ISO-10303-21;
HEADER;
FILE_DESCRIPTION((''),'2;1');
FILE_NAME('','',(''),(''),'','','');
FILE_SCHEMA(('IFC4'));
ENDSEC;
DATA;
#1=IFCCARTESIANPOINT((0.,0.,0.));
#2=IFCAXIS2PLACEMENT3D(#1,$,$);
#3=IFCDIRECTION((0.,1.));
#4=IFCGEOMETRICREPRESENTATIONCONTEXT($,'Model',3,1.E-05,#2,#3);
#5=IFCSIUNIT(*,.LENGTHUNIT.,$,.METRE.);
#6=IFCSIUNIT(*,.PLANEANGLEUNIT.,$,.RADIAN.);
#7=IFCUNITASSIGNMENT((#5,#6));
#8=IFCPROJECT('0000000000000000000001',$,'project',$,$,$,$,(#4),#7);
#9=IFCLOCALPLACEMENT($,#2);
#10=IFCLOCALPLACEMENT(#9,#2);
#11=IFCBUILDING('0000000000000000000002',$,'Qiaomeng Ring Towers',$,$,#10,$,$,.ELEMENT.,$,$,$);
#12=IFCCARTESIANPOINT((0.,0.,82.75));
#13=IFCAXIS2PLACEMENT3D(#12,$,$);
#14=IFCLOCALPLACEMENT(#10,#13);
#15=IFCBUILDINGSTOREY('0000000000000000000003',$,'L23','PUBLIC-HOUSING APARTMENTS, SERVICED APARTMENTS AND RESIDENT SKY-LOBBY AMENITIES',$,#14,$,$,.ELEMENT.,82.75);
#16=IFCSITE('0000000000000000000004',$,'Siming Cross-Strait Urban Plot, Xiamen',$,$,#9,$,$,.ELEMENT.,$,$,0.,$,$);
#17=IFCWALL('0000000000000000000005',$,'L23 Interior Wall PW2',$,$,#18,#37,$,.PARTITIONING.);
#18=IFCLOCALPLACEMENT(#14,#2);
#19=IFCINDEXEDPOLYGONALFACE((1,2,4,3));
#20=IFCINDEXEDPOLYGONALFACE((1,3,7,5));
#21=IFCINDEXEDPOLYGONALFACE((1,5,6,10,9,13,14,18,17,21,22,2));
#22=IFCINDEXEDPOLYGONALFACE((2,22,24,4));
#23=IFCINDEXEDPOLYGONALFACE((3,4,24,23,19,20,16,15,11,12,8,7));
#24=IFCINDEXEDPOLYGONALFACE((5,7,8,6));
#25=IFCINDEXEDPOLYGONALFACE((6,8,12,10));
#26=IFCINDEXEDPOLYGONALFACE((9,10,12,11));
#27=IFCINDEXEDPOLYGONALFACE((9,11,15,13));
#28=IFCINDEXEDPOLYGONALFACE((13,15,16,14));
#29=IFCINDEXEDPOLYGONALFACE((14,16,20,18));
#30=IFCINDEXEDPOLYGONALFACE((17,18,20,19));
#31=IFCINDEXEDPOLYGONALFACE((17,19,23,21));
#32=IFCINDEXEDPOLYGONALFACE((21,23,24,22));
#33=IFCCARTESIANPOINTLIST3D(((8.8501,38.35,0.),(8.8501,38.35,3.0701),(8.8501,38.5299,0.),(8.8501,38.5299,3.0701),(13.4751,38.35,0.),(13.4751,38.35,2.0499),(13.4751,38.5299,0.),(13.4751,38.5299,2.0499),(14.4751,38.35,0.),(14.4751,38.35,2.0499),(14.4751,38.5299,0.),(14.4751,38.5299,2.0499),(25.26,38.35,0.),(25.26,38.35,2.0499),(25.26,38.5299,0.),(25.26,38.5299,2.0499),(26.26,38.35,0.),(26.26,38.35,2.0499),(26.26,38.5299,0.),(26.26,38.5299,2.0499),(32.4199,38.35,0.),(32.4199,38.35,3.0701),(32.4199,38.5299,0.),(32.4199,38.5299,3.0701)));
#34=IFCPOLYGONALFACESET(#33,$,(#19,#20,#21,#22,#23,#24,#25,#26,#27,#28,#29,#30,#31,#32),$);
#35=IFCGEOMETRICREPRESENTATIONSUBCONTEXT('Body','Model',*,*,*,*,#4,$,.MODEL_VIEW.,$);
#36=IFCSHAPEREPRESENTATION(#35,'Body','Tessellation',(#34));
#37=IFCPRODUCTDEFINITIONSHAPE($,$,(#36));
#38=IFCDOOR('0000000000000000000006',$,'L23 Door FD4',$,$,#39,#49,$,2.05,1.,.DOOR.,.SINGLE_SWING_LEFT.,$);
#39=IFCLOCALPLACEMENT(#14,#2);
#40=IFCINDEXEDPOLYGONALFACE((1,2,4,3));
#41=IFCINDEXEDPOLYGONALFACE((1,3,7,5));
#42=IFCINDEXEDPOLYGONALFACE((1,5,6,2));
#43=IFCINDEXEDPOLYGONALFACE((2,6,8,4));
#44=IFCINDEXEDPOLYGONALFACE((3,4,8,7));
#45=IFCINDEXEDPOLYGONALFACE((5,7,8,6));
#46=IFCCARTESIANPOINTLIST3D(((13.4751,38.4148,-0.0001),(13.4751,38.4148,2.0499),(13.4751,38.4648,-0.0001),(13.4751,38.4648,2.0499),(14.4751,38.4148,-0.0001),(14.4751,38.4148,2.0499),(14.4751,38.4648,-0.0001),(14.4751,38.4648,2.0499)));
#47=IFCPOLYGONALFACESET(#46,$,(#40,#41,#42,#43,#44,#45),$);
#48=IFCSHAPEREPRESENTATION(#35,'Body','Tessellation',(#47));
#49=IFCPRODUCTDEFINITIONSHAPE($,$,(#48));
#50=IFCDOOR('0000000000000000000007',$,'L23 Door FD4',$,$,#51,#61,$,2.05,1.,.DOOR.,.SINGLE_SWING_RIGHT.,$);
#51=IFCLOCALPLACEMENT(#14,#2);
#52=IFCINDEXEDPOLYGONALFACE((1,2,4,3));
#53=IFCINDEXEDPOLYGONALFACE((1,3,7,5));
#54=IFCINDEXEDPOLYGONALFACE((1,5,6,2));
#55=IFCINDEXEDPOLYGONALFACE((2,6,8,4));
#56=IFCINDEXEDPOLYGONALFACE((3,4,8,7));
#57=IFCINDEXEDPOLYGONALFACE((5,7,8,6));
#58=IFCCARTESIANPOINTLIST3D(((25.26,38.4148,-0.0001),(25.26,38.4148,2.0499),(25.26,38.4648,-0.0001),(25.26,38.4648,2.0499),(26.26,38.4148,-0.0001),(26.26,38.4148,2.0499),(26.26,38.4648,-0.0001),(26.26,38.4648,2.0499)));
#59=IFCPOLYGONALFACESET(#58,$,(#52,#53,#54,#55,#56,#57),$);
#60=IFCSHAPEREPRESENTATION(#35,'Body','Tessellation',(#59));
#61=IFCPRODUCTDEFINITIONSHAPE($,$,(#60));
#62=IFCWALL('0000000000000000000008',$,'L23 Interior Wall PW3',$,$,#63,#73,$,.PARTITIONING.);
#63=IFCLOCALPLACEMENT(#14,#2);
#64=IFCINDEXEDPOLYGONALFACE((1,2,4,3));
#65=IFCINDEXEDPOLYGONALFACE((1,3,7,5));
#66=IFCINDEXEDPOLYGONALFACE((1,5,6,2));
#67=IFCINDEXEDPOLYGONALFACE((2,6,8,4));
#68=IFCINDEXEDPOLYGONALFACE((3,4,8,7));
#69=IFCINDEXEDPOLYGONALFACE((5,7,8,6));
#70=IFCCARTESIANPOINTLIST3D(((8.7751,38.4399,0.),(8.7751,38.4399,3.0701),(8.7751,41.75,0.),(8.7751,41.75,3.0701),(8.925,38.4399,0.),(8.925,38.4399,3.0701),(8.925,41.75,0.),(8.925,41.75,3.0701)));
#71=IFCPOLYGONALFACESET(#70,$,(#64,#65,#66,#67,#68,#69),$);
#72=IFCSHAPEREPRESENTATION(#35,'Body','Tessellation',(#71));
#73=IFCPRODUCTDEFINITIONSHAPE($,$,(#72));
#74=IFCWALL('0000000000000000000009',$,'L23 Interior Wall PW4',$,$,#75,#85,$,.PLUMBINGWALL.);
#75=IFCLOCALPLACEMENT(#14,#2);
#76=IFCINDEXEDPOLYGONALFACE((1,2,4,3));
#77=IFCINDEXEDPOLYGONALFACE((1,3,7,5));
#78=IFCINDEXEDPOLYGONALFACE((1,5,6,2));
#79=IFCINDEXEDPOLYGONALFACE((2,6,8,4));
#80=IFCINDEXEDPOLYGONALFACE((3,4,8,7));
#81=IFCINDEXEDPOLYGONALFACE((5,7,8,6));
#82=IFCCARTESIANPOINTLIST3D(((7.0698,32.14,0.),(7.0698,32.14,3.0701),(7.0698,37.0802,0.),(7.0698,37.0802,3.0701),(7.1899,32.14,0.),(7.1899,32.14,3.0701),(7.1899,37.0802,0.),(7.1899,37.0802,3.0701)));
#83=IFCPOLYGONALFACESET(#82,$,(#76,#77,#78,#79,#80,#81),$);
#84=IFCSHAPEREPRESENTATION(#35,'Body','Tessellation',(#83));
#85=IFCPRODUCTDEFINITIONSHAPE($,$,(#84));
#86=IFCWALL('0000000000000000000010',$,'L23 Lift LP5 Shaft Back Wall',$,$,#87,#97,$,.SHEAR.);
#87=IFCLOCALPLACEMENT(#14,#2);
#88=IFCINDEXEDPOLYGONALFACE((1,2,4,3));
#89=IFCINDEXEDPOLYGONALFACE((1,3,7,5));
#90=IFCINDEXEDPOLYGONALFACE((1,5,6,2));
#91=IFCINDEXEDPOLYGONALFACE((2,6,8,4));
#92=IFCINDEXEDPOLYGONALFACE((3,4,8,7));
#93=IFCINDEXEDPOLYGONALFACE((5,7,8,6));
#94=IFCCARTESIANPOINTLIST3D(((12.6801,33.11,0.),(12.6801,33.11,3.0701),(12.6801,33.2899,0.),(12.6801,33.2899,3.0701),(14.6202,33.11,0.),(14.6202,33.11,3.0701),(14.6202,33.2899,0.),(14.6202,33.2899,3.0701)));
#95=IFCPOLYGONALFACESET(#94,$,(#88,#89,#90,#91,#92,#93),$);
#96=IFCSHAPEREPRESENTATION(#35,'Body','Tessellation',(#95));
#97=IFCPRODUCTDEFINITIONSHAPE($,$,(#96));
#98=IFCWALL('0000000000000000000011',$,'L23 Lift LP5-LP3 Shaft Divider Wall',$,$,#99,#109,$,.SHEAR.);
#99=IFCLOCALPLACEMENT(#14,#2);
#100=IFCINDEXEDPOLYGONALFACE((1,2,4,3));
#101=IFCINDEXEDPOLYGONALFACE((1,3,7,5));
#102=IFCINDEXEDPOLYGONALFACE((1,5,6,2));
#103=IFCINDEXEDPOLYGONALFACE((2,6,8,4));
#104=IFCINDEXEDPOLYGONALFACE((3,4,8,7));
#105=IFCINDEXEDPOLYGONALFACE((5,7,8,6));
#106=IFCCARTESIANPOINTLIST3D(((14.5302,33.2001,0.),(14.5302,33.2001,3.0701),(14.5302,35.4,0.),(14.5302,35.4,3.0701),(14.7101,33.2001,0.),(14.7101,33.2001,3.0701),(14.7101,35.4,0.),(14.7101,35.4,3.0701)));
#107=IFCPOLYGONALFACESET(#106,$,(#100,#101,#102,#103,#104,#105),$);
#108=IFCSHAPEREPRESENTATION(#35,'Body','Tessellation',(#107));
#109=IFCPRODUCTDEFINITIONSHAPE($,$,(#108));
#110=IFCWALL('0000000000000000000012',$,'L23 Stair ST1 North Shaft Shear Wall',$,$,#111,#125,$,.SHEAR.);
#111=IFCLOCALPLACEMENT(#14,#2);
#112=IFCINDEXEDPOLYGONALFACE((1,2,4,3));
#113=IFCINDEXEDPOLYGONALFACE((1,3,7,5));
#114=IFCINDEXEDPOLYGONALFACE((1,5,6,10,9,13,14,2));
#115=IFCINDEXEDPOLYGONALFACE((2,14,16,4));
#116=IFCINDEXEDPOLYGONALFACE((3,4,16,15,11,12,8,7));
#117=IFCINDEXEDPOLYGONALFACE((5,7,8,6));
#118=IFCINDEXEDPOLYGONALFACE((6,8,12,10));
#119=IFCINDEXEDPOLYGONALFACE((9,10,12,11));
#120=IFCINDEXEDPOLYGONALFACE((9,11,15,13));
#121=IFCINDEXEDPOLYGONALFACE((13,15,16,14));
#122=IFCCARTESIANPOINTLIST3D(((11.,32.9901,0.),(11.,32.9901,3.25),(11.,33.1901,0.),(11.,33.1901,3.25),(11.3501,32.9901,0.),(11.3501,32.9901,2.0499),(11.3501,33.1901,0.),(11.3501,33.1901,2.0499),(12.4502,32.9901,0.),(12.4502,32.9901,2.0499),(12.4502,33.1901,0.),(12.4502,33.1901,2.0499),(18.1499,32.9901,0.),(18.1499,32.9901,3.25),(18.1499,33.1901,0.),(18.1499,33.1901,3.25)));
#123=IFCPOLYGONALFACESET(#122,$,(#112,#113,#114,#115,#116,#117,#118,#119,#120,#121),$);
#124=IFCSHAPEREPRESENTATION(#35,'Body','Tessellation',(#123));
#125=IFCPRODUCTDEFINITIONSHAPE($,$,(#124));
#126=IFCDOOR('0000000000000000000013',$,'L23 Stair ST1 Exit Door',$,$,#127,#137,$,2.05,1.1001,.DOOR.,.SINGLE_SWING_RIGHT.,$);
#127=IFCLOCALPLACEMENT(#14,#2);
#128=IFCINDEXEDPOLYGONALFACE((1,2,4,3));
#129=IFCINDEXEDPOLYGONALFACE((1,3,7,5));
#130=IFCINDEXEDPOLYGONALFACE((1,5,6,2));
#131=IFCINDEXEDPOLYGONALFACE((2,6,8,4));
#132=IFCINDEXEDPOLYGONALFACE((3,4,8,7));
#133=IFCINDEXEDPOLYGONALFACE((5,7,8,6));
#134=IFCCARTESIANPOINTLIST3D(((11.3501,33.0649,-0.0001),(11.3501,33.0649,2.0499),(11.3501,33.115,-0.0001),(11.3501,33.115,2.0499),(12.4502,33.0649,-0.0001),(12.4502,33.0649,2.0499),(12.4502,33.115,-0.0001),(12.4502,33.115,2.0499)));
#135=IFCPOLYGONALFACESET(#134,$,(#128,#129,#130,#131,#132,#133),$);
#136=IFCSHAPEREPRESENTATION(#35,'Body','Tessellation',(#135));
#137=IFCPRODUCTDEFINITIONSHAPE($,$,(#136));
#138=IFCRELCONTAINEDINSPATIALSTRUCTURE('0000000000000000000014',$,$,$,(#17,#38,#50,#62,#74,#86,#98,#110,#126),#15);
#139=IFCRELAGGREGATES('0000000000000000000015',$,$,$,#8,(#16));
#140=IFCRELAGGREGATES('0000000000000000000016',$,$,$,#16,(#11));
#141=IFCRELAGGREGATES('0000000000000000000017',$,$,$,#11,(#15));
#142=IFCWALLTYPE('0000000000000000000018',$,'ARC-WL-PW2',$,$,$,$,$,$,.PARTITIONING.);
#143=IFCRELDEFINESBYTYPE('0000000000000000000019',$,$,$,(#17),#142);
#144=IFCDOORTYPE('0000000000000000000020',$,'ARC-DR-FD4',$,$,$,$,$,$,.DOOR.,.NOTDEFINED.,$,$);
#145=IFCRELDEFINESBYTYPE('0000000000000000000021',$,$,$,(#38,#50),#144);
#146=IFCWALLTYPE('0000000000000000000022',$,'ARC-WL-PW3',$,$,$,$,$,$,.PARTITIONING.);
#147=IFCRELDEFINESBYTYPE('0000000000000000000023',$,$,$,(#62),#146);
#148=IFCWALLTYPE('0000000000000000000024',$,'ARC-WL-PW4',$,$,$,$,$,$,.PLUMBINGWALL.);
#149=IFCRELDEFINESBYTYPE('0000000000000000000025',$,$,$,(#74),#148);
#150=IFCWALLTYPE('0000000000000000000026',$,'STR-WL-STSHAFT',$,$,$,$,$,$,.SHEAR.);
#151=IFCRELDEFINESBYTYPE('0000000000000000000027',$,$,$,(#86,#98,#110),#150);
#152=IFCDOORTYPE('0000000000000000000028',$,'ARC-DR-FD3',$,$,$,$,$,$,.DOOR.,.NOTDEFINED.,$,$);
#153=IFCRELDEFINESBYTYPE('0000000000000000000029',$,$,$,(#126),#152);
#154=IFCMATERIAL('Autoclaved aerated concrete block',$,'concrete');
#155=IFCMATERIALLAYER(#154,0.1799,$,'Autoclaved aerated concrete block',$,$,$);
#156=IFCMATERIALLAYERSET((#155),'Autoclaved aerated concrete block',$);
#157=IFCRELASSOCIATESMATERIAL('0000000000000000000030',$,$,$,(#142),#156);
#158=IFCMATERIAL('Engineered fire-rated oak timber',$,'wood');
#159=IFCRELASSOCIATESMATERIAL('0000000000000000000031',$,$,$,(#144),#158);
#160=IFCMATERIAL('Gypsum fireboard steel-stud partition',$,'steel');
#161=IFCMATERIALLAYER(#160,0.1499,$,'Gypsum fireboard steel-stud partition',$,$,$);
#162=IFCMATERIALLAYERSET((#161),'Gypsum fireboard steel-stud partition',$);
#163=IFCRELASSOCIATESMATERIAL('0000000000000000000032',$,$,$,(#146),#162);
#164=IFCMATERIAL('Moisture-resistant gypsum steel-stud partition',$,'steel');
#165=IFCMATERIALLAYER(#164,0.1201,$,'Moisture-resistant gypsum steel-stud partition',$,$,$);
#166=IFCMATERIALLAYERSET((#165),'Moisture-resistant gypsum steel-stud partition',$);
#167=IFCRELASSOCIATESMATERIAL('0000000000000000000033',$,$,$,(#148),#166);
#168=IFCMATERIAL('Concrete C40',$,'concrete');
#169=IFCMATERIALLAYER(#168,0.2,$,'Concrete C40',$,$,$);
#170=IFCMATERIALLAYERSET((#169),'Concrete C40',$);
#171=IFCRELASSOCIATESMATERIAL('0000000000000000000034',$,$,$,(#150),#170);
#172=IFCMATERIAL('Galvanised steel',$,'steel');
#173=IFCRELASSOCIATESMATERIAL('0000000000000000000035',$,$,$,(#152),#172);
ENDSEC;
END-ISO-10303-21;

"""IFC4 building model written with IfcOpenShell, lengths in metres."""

from ifc_helpers import new_model, si_unit, direction, frame, frame_2d, origin, place, context, subcontext, project, spatial, rectangle, extrude, source, transform, mapped, material, layer, layer_set, type_object, element, fill, save


model = new_model("IFC4")

# Units and contexts
model_context = context("Model", 3, precision=1e-05, world=origin(), true_north=direction((0.0, 1.0)))
body_context = subcontext(model_context, "Body", "Model", "MODEL_VIEW")
ifc_project = project(units=[si_unit("LENGTHUNIT", "METRE"), si_unit("PLANEANGLEUNIT", "RADIAN")], contexts=[model_context])

# Site, building, storey
site_placement = place(None, origin())
site = spatial("IfcSite", under=ifc_project, at=site_placement, Name="Siming Cross-Strait Urban Plot, Xiamen", CompositionType="ELEMENT", RefElevation=0.0)
building_placement = place(site_placement, origin())
building = spatial("IfcBuilding", under=site, at=building_placement, Name="Qiaomeng Ring Towers", CompositionType="ELEMENT")
storey_placement = place(building_placement, frame((0.0, 0.0, 82.75)))
storey = spatial("IfcBuildingStorey", under=building, at=storey_placement, Name="L23", Description="PUBLIC-HOUSING APARTMENTS, SERVICED APARTMENTS AND RESIDENT SKY-LOBBY AMENITIES", CompositionType="ELEMENT", Elevation=82.75)

# Shared definitions
ifc_material_1 = material(Name="Autoclaved aerated concrete block", Category="concrete")

# Wall, openings, doors
ifc_layer_1 = layer(ifc_material_1, 0.1799, Name="Autoclaved aerated concrete block")
ifc_layer_set_1 = layer_set([ifc_layer_1], Name="Autoclaved aerated concrete block")
wall_type_1 = type_object("IfcWallType", Name="ARC-WL-PW2", PredefinedType="PARTITIONING", material=ifc_layer_set_1)
wall_1_placement = place(storey_placement, frame((8.8501, 38.4399, 0.0), z_axis=(0.0, 0.0, 1.0), x_axis=(1.0, 0.0, 0.0)))
wall_1 = element("IfcWall", 1, at=wall_1_placement, inside=storey, type_object=wall_type_1, Name="L23 Interior Wall PW2", PredefinedType="PARTITIONING", context=body_context, shape_type="SweptSolid", body=[
    extrude(rectangle(XDim=23.5698, YDim=0.1799, at=frame_2d((11.7849, 0.0))), origin(), (0.0, 0.0, 1.0), 3.0701),
])
opening_1_placement = place(wall_1_placement, frame((4.625, 0.0, 0.0)))
opening_1 = element("IfcOpeningElement", 2, at=opening_1_placement, cuts=wall_1, PredefinedType="OPENING", context=body_context, shape_type="SweptSolid", body=[
    extrude(rectangle(XDim=1.0, YDim=2.05, at=frame_2d((0.5, 1.0249))), frame((0.0, 0.0999, 0.0), z_axis=(0.0, -1.0, 0.0), x_axis=(1.0, 0.0, 0.0)), (0.0, 0.0, 1.0), 0.2),
])
opening_2_placement = place(wall_1_placement, frame((16.4099, 0.0, 0.0)))
opening_2 = element("IfcOpeningElement", 3, at=opening_2_placement, cuts=wall_1, PredefinedType="OPENING", context=body_context, shape_type="SweptSolid", body=[
    extrude(rectangle(XDim=1.0, YDim=2.05, at=frame_2d((0.5, 1.0249))), frame((0.0, 0.0999, 0.0), z_axis=(0.0, -1.0, 0.0), x_axis=(1.0, 0.0, 0.0)), (0.0, 0.0, 1.0), 0.2),
])
ifc_material_2 = material(Name="Engineered fire-rated oak timber", Category="wood")
door_type_1 = type_object("IfcDoorType", Name="ARC-DR-FD4", OperationType="NOTDEFINED", PredefinedType="DOOR", material=ifc_material_2)
shared_shape_1 = source(origin(), body_context, "Body", "SweptSolid", [
    extrude(rectangle(XDim=1.0, YDim=2.05, at=frame_2d((0.5, 1.0249))), frame((0.0, 0.0249, 0.0), z_axis=(0.0, -1.0, 0.0), x_axis=(1.0, 0.0, 0.0)), (0.0, 0.0, 1.0), 0.05),
])
door_1_placement = place(opening_1_placement, origin())
door_1 = element("IfcDoor", 4, at=door_1_placement, inside=storey, type_object=door_type_1, Name="L23 Door FD4", OperationType="SINGLE_SWING_LEFT", OverallHeight=2.05, OverallWidth=1.0, PredefinedType="DOOR", context=body_context, shape_type="MappedRepresentation", body=[
    mapped(shared_shape_1, transform((0.0, 0.0, 0.0), x_axis=(1.0, 0.0, 0.0), y_axis=(0.0, 1.0, 0.0), z_axis=(0.0, 0.0, 1.0), scale=1.0)),
])
fill(opening_1, door_1)
door_2_placement = place(opening_2_placement, origin())
door_2 = element("IfcDoor", 5, at=door_2_placement, inside=storey, type_object=door_type_1, Name="L23 Door FD4", OperationType="SINGLE_SWING_RIGHT", OverallHeight=2.05, OverallWidth=1.0, PredefinedType="DOOR", context=body_context, shape_type="MappedRepresentation", body=[
    mapped(shared_shape_1, transform((0.0, 0.0, 0.0), x_axis=(1.0, 0.0, 0.0), y_axis=(0.0, 1.0, 0.0), z_axis=(0.0, 0.0, 1.0), scale=1.0)),
])
fill(opening_2, door_2)

# Walls
ifc_material_3 = material(Name="Gypsum fireboard steel-stud partition", Category="steel")
ifc_layer_2 = layer(ifc_material_3, 0.1499, Name="Gypsum fireboard steel-stud partition")
ifc_layer_set_2 = layer_set([ifc_layer_2], Name="Gypsum fireboard steel-stud partition")
wall_type_2 = type_object("IfcWallType", Name="ARC-WL-PW3", PredefinedType="PARTITIONING", material=ifc_layer_set_2)
wall_2_placement = place(storey_placement, frame((8.8501, 38.4399, 0.0), z_axis=(0.0, 0.0, 1.0), x_axis=(0.0, 1.0, 0.0)))
element("IfcWall", 6, at=wall_2_placement, inside=storey, type_object=wall_type_2, Name="L23 Interior Wall PW3", PredefinedType="PARTITIONING", context=body_context, shape_type="SweptSolid", body=[
    extrude(rectangle(XDim=3.3101, YDim=0.1499, at=frame_2d((1.655, 0.0))), origin(), (0.0, 0.0, 1.0), 3.0701),
])
ifc_material_4 = material(Name="Moisture-resistant gypsum steel-stud partition", Category="steel")
ifc_layer_3 = layer(ifc_material_4, 0.1201, Name="Moisture-resistant gypsum steel-stud partition")
ifc_layer_set_3 = layer_set([ifc_layer_3], Name="Moisture-resistant gypsum steel-stud partition")
wall_type_3 = type_object("IfcWallType", Name="ARC-WL-PW4", PredefinedType="PLUMBINGWALL", material=ifc_layer_set_3)
wall_3_placement = place(storey_placement, frame((7.1299, 32.1399, 0.0), z_axis=(0.0, 0.0, 1.0), x_axis=(0.0, 1.0, 0.0)))
element("IfcWall", 7, at=wall_3_placement, inside=storey, type_object=wall_type_3, Name="L23 Interior Wall PW4", PredefinedType="PLUMBINGWALL", context=body_context, shape_type="SweptSolid", body=[
    extrude(rectangle(XDim=4.9402, YDim=0.1201, at=frame_2d((2.4702, 0.0))), origin(), (0.0, 0.0, 1.0), 3.0701),
])
ifc_material_5 = material(Name="Concrete C40", Category="concrete")
ifc_layer_4 = layer(ifc_material_5, 0.2, Name="Concrete C40")
ifc_layer_set_4 = layer_set([ifc_layer_4], Name="Concrete C40")
wall_type_4 = type_object("IfcWallType", Name="STR-WL-STSHAFT", PredefinedType="SHEAR", material=ifc_layer_set_4)
wall_4_placement = place(storey_placement, frame((12.6799, 33.2, 0.0), z_axis=(0.0, 0.0, 1.0), x_axis=(1.0, 0.0, 0.0)))
element("IfcWall", 8, at=wall_4_placement, inside=storey, type_object=wall_type_4, Name="L23 Lift LP5 Shaft Back Wall", PredefinedType="SHEAR", context=body_context, shape_type="SweptSolid", body=[
    extrude(rectangle(XDim=1.9402, YDim=0.1799, at=frame_2d((0.9702, 0.0))), origin(), (0.0, 0.0, 1.0), 3.0701),
])
wall_5_placement = place(storey_placement, frame((14.6201, 33.2, 0.0), z_axis=(0.0, 0.0, 1.0), x_axis=(0.0, 1.0, 0.0)))
element("IfcWall", 9, at=wall_5_placement, inside=storey, type_object=wall_type_4, Name="L23 Lift LP5-LP3 Shaft Divider Wall", PredefinedType="SHEAR", context=body_context, shape_type="SweptSolid", body=[
    extrude(rectangle(XDim=2.2, YDim=0.1799, at=frame_2d((1.1001, 0.0))), origin(), (0.0, 0.0, 1.0), 3.0701),
])

# Wall, opening, door
wall_6_placement = place(storey_placement, frame((11.0, 33.0901, 0.0), z_axis=(0.0, 0.0, 1.0), x_axis=(1.0, 0.0, 0.0)))
wall_6 = element("IfcWall", 10, at=wall_6_placement, inside=storey, type_object=wall_type_4, Name="L23 Stair ST1 North Shaft Shear Wall", PredefinedType="SHEAR", context=body_context, shape_type="SweptSolid", body=[
    extrude(rectangle(XDim=7.1499, YDim=0.2, at=frame_2d((3.575, 0.0))), origin(), (0.0, 0.0, 1.0), 3.25),
])
opening_3_placement = place(wall_6_placement, frame((0.3501, 0.0, 0.0)))
opening_3 = element("IfcOpeningElement", 11, at=opening_3_placement, cuts=wall_6, PredefinedType="OPENING", context=body_context, shape_type="SweptSolid", body=[
    extrude(rectangle(XDim=1.1001, YDim=2.05, at=frame_2d((0.55, 1.0249))), frame((0.0, 0.1099, 0.0), z_axis=(0.0, -1.0, 0.0), x_axis=(1.0, 0.0, 0.0)), (0.0, 0.0, 1.0), 0.22),
])
ifc_material_6 = material(Name="Galvanised steel", Category="steel")
door_type_2 = type_object("IfcDoorType", Name="ARC-DR-FD3", OperationType="NOTDEFINED", PredefinedType="DOOR", material=ifc_material_6)
shared_shape_2 = source(origin(), body_context, "Body", "SweptSolid", [
    extrude(rectangle(XDim=1.1001, YDim=2.05, at=frame_2d((0.55, 1.0249))), frame((0.0, 0.0249, 0.0), z_axis=(0.0, -1.0, 0.0), x_axis=(1.0, 0.0, 0.0)), (0.0, 0.0, 1.0), 0.05),
])
door_3_placement = place(opening_3_placement, origin())
door_3 = element("IfcDoor", 12, at=door_3_placement, inside=storey, type_object=door_type_2, Name="L23 Stair ST1 Exit Door", OperationType="SINGLE_SWING_RIGHT", OverallHeight=2.05, OverallWidth=1.1001, PredefinedType="DOOR", context=body_context, shape_type="MappedRepresentation", body=[
    mapped(shared_shape_2, transform((0.0, 0.0, 0.0), x_axis=(1.0, 0.0, 0.0), y_axis=(0.0, 1.0, 0.0), z_axis=(0.0, 0.0, 1.0), scale=1.0)),
])
fill(opening_3, door_3)

save(model, "model.ifc")
